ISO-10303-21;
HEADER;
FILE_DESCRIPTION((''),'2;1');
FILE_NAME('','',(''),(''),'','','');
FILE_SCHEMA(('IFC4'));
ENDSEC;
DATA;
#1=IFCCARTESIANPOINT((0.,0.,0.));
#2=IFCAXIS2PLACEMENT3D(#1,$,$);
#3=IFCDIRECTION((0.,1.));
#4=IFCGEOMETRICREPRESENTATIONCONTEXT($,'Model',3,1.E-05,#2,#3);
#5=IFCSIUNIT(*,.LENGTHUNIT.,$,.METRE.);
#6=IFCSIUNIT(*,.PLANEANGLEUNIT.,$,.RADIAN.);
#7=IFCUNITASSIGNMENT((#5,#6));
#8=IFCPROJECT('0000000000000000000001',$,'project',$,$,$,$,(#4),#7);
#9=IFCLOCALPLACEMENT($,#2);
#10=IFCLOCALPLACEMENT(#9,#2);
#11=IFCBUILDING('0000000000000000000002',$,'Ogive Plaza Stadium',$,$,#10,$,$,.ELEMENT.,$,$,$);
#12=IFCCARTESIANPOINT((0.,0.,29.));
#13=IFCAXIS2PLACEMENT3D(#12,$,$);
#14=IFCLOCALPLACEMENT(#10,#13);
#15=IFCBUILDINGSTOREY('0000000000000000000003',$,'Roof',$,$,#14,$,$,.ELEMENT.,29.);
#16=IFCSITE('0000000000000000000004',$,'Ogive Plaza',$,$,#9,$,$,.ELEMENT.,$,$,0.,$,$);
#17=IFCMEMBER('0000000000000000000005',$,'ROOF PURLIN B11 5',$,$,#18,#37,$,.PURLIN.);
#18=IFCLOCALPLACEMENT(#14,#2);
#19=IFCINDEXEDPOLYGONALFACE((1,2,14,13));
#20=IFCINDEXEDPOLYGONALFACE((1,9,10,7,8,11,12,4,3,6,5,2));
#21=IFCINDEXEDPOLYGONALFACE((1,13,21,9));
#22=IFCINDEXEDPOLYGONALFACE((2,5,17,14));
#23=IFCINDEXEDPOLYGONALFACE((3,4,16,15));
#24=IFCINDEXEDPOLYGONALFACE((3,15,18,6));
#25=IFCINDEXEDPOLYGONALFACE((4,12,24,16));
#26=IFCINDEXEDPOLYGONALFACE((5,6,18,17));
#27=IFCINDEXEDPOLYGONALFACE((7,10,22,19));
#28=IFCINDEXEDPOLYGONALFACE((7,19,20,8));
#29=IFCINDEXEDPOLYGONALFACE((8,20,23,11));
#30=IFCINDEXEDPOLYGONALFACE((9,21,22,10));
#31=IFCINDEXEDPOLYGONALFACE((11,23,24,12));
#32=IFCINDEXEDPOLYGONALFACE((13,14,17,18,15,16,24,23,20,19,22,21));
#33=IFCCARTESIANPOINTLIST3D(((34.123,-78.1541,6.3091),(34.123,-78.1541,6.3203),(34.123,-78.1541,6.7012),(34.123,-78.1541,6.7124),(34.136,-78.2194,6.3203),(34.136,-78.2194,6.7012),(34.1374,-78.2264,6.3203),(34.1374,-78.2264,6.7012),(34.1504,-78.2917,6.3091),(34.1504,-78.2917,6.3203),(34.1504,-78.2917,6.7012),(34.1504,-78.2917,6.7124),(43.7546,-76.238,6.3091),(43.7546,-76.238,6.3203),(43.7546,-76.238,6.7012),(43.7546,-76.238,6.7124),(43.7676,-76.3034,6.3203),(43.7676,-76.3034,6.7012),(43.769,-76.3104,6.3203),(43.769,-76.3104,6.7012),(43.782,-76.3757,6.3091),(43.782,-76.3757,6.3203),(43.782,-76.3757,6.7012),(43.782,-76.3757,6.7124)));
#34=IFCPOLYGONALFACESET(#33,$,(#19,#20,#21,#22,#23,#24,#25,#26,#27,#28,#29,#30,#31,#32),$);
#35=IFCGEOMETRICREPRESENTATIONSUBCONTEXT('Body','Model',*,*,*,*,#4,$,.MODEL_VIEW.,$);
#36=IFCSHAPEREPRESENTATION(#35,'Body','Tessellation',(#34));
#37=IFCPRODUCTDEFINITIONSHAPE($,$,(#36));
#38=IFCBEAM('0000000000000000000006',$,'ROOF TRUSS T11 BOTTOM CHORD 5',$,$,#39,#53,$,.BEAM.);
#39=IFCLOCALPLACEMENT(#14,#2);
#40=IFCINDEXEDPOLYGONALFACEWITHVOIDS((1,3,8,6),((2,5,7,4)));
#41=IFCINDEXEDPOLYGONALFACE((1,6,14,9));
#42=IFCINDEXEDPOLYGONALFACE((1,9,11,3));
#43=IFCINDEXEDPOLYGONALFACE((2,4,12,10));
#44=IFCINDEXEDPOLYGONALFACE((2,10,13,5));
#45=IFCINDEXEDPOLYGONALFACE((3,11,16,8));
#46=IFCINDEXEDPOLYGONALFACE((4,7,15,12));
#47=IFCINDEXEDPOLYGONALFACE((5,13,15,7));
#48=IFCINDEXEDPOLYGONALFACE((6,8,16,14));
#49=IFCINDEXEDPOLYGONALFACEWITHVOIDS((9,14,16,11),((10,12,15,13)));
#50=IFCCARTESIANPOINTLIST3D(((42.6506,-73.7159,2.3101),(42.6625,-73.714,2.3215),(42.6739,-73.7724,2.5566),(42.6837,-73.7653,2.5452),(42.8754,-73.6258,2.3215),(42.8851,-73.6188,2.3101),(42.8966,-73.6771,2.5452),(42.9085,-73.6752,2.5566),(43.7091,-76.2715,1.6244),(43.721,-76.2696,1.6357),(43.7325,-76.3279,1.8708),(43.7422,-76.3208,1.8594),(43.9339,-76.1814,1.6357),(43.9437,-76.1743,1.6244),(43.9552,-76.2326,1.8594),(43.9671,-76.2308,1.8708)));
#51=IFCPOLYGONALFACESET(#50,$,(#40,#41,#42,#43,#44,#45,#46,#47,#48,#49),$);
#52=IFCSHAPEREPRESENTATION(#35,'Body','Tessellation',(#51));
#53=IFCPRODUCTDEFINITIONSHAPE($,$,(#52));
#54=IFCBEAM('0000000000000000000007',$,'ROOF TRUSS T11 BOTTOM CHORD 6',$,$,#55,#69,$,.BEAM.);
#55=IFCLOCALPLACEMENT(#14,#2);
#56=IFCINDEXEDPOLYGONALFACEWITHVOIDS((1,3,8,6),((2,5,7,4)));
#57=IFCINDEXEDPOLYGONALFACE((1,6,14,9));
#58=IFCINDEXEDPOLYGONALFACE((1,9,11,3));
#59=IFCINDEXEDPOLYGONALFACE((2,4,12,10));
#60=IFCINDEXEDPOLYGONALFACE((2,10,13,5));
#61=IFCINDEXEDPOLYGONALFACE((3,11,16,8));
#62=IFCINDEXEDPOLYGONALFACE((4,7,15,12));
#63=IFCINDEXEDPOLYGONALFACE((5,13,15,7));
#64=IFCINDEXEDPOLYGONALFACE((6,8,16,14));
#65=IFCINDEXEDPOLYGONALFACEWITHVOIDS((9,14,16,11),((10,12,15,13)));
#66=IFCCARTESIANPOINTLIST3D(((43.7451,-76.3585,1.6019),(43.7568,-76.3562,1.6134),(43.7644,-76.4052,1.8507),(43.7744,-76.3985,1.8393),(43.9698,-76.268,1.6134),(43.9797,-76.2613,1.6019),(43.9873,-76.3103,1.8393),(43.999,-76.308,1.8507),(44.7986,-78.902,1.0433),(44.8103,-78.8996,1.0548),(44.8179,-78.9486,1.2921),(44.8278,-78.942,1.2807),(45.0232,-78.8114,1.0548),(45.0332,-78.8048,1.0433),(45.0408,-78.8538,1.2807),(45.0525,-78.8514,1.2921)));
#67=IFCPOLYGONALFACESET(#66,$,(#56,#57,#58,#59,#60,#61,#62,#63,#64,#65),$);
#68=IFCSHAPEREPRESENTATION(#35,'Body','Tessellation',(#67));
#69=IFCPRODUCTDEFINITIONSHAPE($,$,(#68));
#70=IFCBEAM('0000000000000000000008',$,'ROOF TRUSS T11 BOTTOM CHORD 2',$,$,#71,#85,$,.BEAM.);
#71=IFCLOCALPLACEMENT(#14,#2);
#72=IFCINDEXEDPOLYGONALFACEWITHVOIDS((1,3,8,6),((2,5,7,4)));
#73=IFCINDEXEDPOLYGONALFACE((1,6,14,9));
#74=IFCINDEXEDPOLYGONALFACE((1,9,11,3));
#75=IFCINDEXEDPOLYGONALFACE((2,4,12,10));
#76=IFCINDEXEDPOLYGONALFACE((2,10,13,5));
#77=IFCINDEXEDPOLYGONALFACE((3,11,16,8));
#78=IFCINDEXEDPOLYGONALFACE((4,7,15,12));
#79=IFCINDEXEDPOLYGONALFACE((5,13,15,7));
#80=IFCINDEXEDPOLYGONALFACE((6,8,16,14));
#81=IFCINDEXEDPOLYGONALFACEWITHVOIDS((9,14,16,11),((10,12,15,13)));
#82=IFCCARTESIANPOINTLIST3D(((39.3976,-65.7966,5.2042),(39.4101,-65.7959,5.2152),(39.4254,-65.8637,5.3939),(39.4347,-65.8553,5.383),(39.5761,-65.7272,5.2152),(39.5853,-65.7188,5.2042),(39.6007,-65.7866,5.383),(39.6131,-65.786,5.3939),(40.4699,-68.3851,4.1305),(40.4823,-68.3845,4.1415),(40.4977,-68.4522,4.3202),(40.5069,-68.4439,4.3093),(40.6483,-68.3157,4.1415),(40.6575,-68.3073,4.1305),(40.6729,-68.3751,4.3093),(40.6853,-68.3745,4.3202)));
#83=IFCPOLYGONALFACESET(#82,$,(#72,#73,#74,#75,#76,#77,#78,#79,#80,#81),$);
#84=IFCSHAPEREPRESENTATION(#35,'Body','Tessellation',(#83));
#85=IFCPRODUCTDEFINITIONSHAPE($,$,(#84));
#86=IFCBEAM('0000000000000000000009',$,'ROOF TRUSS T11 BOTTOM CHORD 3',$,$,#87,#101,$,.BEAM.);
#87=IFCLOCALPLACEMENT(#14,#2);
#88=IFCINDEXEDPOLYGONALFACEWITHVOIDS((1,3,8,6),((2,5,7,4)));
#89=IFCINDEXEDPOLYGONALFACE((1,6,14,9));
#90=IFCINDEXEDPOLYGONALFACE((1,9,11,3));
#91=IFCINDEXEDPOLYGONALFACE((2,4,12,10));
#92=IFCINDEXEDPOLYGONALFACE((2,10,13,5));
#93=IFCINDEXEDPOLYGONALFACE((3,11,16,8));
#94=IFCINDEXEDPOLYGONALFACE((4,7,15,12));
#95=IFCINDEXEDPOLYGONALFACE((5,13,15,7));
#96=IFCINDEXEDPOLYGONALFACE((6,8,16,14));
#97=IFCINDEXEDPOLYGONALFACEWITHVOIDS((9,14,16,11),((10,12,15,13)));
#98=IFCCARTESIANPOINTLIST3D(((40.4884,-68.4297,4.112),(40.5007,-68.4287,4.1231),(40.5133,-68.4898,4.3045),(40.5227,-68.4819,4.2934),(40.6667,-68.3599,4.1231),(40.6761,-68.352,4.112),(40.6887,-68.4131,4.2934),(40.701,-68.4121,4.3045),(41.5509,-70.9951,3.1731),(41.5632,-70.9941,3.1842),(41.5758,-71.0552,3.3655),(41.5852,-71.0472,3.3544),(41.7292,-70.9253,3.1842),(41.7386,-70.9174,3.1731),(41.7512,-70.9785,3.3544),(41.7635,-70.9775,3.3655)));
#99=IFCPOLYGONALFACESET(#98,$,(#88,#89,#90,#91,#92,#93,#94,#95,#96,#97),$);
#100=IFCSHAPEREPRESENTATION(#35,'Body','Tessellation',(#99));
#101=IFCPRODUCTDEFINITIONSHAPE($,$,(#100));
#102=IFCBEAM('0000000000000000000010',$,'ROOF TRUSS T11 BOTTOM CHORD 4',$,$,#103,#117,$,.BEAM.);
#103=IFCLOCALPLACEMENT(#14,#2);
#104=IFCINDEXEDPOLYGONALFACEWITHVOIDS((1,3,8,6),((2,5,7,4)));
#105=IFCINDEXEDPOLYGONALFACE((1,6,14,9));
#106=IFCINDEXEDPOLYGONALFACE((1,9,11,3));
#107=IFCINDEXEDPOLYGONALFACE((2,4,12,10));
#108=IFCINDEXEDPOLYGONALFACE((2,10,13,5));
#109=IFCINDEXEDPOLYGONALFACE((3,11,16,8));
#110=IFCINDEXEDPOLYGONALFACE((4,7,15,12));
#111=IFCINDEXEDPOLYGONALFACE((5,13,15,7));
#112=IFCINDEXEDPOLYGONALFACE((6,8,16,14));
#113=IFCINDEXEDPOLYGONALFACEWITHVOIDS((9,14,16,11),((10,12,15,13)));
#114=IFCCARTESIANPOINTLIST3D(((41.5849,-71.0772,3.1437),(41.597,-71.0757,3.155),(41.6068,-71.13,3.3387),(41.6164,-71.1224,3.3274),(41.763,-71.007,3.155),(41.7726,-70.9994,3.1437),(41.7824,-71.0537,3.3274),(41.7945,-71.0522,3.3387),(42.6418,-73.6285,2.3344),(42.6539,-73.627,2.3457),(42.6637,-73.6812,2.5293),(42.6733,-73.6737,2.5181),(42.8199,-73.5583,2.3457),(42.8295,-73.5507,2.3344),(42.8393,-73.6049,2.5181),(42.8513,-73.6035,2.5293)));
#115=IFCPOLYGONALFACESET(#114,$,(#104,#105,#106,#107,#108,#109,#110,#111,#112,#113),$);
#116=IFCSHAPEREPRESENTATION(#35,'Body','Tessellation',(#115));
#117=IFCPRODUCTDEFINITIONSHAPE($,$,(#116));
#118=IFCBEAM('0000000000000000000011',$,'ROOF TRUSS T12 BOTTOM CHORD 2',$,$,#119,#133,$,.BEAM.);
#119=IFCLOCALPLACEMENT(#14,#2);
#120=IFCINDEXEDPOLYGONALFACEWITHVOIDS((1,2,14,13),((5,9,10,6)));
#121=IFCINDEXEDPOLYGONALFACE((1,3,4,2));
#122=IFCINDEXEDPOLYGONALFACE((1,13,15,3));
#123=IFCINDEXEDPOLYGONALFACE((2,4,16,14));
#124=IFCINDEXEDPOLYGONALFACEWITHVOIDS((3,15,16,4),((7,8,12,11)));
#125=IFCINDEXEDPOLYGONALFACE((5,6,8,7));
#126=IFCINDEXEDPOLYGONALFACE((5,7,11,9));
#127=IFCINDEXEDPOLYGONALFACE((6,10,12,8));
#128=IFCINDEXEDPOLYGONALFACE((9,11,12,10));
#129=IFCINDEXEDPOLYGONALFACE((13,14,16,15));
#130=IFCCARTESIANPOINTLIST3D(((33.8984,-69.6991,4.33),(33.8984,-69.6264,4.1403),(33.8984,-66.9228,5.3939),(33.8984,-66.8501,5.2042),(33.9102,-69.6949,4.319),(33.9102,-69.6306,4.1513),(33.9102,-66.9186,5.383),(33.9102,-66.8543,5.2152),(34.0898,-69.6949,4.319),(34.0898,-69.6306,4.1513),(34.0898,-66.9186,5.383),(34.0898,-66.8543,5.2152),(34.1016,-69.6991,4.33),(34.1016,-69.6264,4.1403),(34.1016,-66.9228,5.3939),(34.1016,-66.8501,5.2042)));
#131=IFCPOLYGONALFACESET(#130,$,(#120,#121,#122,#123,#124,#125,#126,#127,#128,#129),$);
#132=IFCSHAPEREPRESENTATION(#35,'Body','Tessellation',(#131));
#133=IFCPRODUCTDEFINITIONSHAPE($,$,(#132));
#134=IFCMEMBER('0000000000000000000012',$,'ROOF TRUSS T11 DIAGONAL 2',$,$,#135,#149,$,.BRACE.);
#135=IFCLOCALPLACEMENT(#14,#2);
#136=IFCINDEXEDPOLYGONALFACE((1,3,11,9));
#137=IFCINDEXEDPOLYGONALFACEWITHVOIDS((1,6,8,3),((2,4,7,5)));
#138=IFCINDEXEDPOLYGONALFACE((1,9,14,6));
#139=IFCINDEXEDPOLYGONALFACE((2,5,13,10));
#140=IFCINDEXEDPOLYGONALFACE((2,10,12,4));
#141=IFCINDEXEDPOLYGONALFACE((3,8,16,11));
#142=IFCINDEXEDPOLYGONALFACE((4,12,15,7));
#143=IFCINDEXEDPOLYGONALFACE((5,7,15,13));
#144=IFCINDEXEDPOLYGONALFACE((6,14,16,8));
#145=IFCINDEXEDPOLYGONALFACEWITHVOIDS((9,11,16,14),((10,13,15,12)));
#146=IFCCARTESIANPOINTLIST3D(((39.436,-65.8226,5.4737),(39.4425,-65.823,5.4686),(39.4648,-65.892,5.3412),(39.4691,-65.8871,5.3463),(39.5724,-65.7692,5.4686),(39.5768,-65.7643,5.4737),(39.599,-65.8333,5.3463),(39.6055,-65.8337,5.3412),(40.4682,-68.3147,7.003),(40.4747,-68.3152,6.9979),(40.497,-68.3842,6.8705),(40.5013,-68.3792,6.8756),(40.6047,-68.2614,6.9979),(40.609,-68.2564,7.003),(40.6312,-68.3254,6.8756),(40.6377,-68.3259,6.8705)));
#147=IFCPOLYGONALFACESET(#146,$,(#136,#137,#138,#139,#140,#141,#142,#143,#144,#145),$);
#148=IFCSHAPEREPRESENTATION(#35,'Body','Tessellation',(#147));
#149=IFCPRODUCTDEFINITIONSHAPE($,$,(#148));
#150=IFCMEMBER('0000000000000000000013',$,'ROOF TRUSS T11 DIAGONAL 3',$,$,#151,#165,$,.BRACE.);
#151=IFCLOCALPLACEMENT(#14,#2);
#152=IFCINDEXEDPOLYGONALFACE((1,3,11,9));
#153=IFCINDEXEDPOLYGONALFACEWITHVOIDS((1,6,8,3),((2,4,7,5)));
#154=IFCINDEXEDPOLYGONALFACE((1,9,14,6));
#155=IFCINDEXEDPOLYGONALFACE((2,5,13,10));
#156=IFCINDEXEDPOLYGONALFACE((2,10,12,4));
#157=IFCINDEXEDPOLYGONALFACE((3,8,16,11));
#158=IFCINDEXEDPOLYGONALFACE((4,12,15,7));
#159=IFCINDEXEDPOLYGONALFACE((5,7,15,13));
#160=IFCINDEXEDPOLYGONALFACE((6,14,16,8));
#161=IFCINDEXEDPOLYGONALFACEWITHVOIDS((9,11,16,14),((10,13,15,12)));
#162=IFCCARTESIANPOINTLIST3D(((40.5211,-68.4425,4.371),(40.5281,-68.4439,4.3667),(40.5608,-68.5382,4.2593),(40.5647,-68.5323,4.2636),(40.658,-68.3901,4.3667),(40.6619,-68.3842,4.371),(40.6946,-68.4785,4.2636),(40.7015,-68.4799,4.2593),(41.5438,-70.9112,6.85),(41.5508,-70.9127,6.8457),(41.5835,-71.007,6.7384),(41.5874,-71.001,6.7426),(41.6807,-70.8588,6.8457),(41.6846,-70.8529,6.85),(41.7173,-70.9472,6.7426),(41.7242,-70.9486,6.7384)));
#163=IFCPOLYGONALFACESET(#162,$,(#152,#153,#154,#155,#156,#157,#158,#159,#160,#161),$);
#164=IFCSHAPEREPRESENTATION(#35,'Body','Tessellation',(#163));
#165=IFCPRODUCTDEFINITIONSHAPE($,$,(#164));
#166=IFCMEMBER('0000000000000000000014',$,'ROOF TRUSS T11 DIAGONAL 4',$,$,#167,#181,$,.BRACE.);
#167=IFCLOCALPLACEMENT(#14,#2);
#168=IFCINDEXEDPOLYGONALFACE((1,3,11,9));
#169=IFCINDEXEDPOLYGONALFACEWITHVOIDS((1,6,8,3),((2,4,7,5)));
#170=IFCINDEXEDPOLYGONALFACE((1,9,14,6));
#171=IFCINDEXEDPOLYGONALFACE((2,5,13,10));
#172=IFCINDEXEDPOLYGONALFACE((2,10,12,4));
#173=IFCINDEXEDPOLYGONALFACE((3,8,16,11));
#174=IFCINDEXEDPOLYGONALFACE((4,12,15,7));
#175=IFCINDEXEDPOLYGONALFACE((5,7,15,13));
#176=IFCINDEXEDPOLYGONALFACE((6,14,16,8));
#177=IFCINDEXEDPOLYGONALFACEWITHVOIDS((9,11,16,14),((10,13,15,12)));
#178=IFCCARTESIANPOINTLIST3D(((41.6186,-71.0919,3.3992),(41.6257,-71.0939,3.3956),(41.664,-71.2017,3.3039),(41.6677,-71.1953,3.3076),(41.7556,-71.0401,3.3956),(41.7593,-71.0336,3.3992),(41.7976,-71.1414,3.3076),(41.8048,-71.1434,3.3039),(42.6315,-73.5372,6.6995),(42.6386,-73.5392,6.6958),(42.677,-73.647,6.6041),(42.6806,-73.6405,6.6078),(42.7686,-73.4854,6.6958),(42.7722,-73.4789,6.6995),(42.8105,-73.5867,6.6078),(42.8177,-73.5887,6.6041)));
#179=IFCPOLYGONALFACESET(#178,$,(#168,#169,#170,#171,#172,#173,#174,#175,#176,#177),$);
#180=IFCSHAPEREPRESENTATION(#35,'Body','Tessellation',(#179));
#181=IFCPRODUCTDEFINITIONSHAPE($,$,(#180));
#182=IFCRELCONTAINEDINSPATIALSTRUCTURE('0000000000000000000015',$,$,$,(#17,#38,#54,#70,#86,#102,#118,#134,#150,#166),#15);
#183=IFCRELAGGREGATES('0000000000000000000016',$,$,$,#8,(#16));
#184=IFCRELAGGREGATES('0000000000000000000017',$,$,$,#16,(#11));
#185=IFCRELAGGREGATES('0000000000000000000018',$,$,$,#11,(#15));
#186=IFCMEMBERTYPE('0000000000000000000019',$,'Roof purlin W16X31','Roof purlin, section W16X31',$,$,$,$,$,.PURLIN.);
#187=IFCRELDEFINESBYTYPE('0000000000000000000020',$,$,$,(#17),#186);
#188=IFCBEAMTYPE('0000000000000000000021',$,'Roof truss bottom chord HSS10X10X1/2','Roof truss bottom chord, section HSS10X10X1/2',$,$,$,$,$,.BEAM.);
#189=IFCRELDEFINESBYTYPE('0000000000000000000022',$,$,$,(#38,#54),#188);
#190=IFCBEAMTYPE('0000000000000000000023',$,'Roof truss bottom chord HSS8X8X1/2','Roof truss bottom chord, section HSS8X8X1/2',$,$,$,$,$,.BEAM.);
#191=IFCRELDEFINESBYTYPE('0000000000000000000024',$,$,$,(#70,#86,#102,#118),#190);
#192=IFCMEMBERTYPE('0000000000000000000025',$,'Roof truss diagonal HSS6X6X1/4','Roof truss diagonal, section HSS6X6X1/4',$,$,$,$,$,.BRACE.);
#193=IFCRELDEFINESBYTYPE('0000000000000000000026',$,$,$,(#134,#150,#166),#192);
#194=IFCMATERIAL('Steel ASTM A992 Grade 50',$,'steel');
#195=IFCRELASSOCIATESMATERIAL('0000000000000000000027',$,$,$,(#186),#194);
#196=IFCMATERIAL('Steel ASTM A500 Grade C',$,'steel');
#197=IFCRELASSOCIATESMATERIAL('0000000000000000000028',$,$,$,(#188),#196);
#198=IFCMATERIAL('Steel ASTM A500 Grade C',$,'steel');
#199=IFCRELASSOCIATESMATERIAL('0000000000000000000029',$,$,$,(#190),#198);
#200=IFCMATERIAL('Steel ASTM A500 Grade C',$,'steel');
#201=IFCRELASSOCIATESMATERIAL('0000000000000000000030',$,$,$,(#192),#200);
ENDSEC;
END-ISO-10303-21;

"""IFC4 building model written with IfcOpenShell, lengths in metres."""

from ifc_helpers import new_model, si_unit, direction, frame, origin, origin_2d, place, context, subcontext, project, spatial, hollow_rectangle, i_section, extrude, material, material_profile, profile_set, type_object, element, save


model = new_model("IFC4")

# Units and contexts
model_context = context("Model", 3, precision=1e-05, world=origin(), true_north=direction((0.0, 1.0)))
body_context = subcontext(model_context, "Body", "Model", "MODEL_VIEW")
ifc_project = project(units=[si_unit("LENGTHUNIT", "METRE"), si_unit("PLANEANGLEUNIT", "RADIAN")], contexts=[model_context])

# Site, building, storey
site_placement = place(None, origin())
site = spatial("IfcSite", under=ifc_project, at=site_placement, Name="Ogive Plaza", CompositionType="ELEMENT", RefElevation=0.0)
building_placement = place(site_placement, origin())
building = spatial("IfcBuilding", under=site, at=building_placement, Name="Ogive Plaza Stadium", CompositionType="ELEMENT")
storey_placement = place(building_placement, frame((0.0, 0.0, 29.0)))
storey = spatial("IfcBuildingStorey", under=building, at=storey_placement, Name="Roof", CompositionType="ELEMENT", Elevation=29.0)

# Member
ifc_material_1 = material(Name="Steel ASTM A992 Grade 50", Category="steel")
ifc_material_profile_1 = material_profile(ifc_material_1, i_section(OverallWidth=0.1404, OverallDepth=0.4033, WebThickness=0.0071, FlangeThickness=0.0112, at=origin_2d()), Name="W16X31")
ifc_profile_set_1 = profile_set([ifc_material_profile_1], Name="Steel ASTM A992 Grade 50")
member_type_1 = type_object("IfcMemberType", Name="Roof purlin W16X31", Description="Roof purlin, section W16X31", PredefinedType="PURLIN", material=ifc_profile_set_1)
member_1_placement = place(storey_placement, frame((43.7683, -76.3069, 6.5107), z_axis=(-0.980782, -0.195107, 0.0), x_axis=(0.195107, -0.980782, 0.0)))
element("IfcMember", 1, at=member_1_placement, inside=storey, type_object=member_type_1, Name="ROOF PURLIN B11 5", PredefinedType="PURLIN", context=body_context, shape_type="SweptSolid", body=[
    extrude(i_section(OverallWidth=0.1404, OverallDepth=0.4033, WebThickness=0.0071, FlangeThickness=0.0112, at=origin_2d()), origin(), (0.0, 0.0, 1.0), 9.8203),
])

# Beams
ifc_material_2 = material(Name="Steel ASTM A500 Grade C", Category="steel")
ifc_material_profile_2 = material_profile(ifc_material_2, hollow_rectangle(XDim=0.2539, YDim=0.2539, WallThickness=0.0117, at=origin_2d()), Name="HSS10X10X1/2")
ifc_profile_set_2 = profile_set([ifc_material_profile_2], Name="Steel ASTM A500 Grade C")
beam_type_1 = type_object("IfcBeamType", Name="Roof truss bottom chord HSS10X10X1/2", Description="Roof truss bottom chord, section HSS10X10X1/2", PredefinedType="BEAM", material=ifc_profile_set_2)
beam_1_placement = place(storey_placement, frame((42.7795, -73.6956, 2.4333), z_axis=(0.37144, -0.896733, -0.240631), x_axis=(0.923879, 0.382684, 0.0)))
element("IfcBeam", 2, at=beam_1_placement, inside=storey, type_object=beam_type_1, Name="ROOF TRUSS T11 BOTTOM CHORD 5", PredefinedType="BEAM", context=body_context, shape_type="SweptSolid", body=[
    extrude(hollow_rectangle(XDim=0.2539, YDim=0.2539, WallThickness=0.0117, at=origin_2d()), origin(), (0.0, 0.0, 1.0), 2.8499),
])
beam_2_placement = place(storey_placement, frame((43.8721, -76.3333, 1.7263), z_axis=(0.375021, -0.905438, -0.198852), x_axis=(0.923888, 0.382662, 0.0)))
element("IfcBeam", 3, at=beam_2_placement, inside=storey, type_object=beam_type_1, Name="ROOF TRUSS T11 BOTTOM CHORD 6", PredefinedType="BEAM", context=body_context, shape_type="SweptSolid", body=[
    extrude(hollow_rectangle(XDim=0.2539, YDim=0.2539, WallThickness=0.0117, at=origin_2d()), origin(), (0.0, 0.0, 1.0), 2.8091),
])
ifc_material_3 = material(Name="Steel ASTM A500 Grade C", Category="steel")
ifc_material_profile_3 = material_profile(ifc_material_3, hollow_rectangle(XDim=0.2031, YDim=0.2031, WallThickness=0.0117, at=origin_2d()), Name="HSS8X8X1/2")
ifc_profile_set_3 = profile_set([ifc_material_profile_3], Name="Steel ASTM A500 Grade C")
beam_type_2 = type_object("IfcBeamType", Name="Roof truss bottom chord HSS8X8X1/2", Description="Roof truss bottom chord, section HSS8X8X1/2", PredefinedType="BEAM", material=ifc_profile_set_3)
beam_3_placement = place(storey_placement, frame((39.5054, -65.7913, 5.2991), z_axis=(0.35735, -0.862701, -0.357838), x_axis=(0.923877, 0.38269, 0.0)))
element("IfcBeam", 4, at=beam_3_placement, inside=storey, type_object=beam_type_2, Name="ROOF TRUSS T11 BOTTOM CHORD 2", PredefinedType="BEAM", context=body_context, shape_type="SweptSolid", body=[
    extrude(hollow_rectangle(XDim=0.2031, YDim=0.2031, WallThickness=0.0117, at=origin_2d()), origin(), (0.0, 0.0, 1.0), 3.0005),
])
beam_4_placement = place(storey_placement, frame((40.5947, -68.4209, 4.2083), z_axis=(0.362478, -0.875212, -0.320334), x_axis=(0.923897, 0.382642, 0.0)))
element("IfcBeam", 5, at=beam_4_placement, inside=storey, type_object=beam_type_2, Name="ROOF TRUSS T11 BOTTOM CHORD 3", PredefinedType="BEAM", context=body_context, shape_type="SweptSolid", body=[
    extrude(hollow_rectangle(XDim=0.2031, YDim=0.2031, WallThickness=0.0117, at=origin_2d()), origin(), (0.0, 0.0, 1.0), 2.9312),
])
beam_5_placement = place(storey_placement, frame((41.6897, -71.0647, 3.2412), z_axis=(0.367271, -0.886574, -0.281243), x_axis=(0.923865, 0.382719, 0.0)))
element("IfcBeam", 6, at=beam_5_placement, inside=storey, type_object=beam_type_2, Name="ROOF TRUSS T11 BOTTOM CHORD 4", PredefinedType="BEAM", context=body_context, shape_type="SweptSolid", body=[
    extrude(hollow_rectangle(XDim=0.2031, YDim=0.2031, WallThickness=0.0117, at=origin_2d()), origin(), (0.0, 0.0, 1.0), 2.8777),
])
beam_6_placement = place(storey_placement, frame((34.0, -66.8865, 5.2991), z_axis=(0.0, -0.933781, -0.357845), x_axis=(1.0, 0.0, 0.0)))
element("IfcBeam", 7, at=beam_6_placement, inside=storey, type_object=beam_type_2, Name="ROOF TRUSS T12 BOTTOM CHORD 2", PredefinedType="BEAM", context=body_context, shape_type="SweptSolid", body=[
    extrude(hollow_rectangle(XDim=0.2031, YDim=0.2031, WallThickness=0.0117, at=origin_2d()), origin(), (0.0, 0.0, 1.0), 2.9731),
])

# Members
ifc_material_4 = material(Name="Steel ASTM A500 Grade C", Category="steel")
ifc_material_profile_4 = material_profile(ifc_material_4, hollow_rectangle(XDim=0.1523, YDim=0.1523, WallThickness=0.0059, at=origin_2d()), Name="HSS6X6X1/4")
ifc_profile_set_4 = profile_set([ifc_material_profile_4], Name="Steel ASTM A500 Grade C")
member_type_2 = type_object("IfcMemberType", Name="Roof truss diagonal HSS6X6X1/4", Description="Roof truss diagonal, section HSS6X6X1/4", PredefinedType="BRACE", material=ifc_profile_set_4)
member_2_placement = place(storey_placement, frame((39.5208, -65.8281, 5.4075), z_axis=(0.332886, -0.803712, 0.493187), x_axis=(0.923889, 0.382661, 0.0)))
element("IfcMember", 8, at=member_2_placement, inside=storey, type_object=member_type_2, Name="ROOF TRUSS T11 DIAGONAL 2", PredefinedType="BRACE", context=body_context, shape_type="SweptSolid", body=[
    extrude(hollow_rectangle(XDim=0.1523, YDim=0.1523, WallThickness=0.0059, at=origin_2d()), origin(), (0.0, 0.0, 1.0), 3.1008),
])
member_3_placement = place(storey_placement, frame((40.6113, -68.4612, 4.3152), z_axis=(0.280577, -0.677295, 0.680109), x_axis=(0.923864, 0.38272, 0.0)))
element("IfcMember", 9, at=member_3_placement, inside=storey, type_object=member_type_2, Name="ROOF TRUSS T11 DIAGONAL 3", PredefinedType="BRACE", context=body_context, shape_type="SweptSolid", body=[
    extrude(hollow_rectangle(XDim=0.1523, YDim=0.1523, WallThickness=0.0059, at=origin_2d()), origin(), (0.0, 0.0, 1.0), 3.645),
])
member_4_placement = place(storey_placement, frame((41.7117, -71.1177, 3.3516), z_axis=(0.239435, -0.578013, 0.78011), x_axis=(0.923872, 0.382702, 0.0)))
element("IfcMember", 10, at=member_4_placement, inside=storey, type_object=member_type_2, Name="ROOF TRUSS T11 DIAGONAL 4", PredefinedType="BRACE", context=body_context, shape_type="SweptSolid", body=[
    extrude(hollow_rectangle(XDim=0.1523, YDim=0.1523, WallThickness=0.0059, at=origin_2d()), origin(), (0.0, 0.0, 1.0), 4.2305),
])

save(model, "model.ifc")
